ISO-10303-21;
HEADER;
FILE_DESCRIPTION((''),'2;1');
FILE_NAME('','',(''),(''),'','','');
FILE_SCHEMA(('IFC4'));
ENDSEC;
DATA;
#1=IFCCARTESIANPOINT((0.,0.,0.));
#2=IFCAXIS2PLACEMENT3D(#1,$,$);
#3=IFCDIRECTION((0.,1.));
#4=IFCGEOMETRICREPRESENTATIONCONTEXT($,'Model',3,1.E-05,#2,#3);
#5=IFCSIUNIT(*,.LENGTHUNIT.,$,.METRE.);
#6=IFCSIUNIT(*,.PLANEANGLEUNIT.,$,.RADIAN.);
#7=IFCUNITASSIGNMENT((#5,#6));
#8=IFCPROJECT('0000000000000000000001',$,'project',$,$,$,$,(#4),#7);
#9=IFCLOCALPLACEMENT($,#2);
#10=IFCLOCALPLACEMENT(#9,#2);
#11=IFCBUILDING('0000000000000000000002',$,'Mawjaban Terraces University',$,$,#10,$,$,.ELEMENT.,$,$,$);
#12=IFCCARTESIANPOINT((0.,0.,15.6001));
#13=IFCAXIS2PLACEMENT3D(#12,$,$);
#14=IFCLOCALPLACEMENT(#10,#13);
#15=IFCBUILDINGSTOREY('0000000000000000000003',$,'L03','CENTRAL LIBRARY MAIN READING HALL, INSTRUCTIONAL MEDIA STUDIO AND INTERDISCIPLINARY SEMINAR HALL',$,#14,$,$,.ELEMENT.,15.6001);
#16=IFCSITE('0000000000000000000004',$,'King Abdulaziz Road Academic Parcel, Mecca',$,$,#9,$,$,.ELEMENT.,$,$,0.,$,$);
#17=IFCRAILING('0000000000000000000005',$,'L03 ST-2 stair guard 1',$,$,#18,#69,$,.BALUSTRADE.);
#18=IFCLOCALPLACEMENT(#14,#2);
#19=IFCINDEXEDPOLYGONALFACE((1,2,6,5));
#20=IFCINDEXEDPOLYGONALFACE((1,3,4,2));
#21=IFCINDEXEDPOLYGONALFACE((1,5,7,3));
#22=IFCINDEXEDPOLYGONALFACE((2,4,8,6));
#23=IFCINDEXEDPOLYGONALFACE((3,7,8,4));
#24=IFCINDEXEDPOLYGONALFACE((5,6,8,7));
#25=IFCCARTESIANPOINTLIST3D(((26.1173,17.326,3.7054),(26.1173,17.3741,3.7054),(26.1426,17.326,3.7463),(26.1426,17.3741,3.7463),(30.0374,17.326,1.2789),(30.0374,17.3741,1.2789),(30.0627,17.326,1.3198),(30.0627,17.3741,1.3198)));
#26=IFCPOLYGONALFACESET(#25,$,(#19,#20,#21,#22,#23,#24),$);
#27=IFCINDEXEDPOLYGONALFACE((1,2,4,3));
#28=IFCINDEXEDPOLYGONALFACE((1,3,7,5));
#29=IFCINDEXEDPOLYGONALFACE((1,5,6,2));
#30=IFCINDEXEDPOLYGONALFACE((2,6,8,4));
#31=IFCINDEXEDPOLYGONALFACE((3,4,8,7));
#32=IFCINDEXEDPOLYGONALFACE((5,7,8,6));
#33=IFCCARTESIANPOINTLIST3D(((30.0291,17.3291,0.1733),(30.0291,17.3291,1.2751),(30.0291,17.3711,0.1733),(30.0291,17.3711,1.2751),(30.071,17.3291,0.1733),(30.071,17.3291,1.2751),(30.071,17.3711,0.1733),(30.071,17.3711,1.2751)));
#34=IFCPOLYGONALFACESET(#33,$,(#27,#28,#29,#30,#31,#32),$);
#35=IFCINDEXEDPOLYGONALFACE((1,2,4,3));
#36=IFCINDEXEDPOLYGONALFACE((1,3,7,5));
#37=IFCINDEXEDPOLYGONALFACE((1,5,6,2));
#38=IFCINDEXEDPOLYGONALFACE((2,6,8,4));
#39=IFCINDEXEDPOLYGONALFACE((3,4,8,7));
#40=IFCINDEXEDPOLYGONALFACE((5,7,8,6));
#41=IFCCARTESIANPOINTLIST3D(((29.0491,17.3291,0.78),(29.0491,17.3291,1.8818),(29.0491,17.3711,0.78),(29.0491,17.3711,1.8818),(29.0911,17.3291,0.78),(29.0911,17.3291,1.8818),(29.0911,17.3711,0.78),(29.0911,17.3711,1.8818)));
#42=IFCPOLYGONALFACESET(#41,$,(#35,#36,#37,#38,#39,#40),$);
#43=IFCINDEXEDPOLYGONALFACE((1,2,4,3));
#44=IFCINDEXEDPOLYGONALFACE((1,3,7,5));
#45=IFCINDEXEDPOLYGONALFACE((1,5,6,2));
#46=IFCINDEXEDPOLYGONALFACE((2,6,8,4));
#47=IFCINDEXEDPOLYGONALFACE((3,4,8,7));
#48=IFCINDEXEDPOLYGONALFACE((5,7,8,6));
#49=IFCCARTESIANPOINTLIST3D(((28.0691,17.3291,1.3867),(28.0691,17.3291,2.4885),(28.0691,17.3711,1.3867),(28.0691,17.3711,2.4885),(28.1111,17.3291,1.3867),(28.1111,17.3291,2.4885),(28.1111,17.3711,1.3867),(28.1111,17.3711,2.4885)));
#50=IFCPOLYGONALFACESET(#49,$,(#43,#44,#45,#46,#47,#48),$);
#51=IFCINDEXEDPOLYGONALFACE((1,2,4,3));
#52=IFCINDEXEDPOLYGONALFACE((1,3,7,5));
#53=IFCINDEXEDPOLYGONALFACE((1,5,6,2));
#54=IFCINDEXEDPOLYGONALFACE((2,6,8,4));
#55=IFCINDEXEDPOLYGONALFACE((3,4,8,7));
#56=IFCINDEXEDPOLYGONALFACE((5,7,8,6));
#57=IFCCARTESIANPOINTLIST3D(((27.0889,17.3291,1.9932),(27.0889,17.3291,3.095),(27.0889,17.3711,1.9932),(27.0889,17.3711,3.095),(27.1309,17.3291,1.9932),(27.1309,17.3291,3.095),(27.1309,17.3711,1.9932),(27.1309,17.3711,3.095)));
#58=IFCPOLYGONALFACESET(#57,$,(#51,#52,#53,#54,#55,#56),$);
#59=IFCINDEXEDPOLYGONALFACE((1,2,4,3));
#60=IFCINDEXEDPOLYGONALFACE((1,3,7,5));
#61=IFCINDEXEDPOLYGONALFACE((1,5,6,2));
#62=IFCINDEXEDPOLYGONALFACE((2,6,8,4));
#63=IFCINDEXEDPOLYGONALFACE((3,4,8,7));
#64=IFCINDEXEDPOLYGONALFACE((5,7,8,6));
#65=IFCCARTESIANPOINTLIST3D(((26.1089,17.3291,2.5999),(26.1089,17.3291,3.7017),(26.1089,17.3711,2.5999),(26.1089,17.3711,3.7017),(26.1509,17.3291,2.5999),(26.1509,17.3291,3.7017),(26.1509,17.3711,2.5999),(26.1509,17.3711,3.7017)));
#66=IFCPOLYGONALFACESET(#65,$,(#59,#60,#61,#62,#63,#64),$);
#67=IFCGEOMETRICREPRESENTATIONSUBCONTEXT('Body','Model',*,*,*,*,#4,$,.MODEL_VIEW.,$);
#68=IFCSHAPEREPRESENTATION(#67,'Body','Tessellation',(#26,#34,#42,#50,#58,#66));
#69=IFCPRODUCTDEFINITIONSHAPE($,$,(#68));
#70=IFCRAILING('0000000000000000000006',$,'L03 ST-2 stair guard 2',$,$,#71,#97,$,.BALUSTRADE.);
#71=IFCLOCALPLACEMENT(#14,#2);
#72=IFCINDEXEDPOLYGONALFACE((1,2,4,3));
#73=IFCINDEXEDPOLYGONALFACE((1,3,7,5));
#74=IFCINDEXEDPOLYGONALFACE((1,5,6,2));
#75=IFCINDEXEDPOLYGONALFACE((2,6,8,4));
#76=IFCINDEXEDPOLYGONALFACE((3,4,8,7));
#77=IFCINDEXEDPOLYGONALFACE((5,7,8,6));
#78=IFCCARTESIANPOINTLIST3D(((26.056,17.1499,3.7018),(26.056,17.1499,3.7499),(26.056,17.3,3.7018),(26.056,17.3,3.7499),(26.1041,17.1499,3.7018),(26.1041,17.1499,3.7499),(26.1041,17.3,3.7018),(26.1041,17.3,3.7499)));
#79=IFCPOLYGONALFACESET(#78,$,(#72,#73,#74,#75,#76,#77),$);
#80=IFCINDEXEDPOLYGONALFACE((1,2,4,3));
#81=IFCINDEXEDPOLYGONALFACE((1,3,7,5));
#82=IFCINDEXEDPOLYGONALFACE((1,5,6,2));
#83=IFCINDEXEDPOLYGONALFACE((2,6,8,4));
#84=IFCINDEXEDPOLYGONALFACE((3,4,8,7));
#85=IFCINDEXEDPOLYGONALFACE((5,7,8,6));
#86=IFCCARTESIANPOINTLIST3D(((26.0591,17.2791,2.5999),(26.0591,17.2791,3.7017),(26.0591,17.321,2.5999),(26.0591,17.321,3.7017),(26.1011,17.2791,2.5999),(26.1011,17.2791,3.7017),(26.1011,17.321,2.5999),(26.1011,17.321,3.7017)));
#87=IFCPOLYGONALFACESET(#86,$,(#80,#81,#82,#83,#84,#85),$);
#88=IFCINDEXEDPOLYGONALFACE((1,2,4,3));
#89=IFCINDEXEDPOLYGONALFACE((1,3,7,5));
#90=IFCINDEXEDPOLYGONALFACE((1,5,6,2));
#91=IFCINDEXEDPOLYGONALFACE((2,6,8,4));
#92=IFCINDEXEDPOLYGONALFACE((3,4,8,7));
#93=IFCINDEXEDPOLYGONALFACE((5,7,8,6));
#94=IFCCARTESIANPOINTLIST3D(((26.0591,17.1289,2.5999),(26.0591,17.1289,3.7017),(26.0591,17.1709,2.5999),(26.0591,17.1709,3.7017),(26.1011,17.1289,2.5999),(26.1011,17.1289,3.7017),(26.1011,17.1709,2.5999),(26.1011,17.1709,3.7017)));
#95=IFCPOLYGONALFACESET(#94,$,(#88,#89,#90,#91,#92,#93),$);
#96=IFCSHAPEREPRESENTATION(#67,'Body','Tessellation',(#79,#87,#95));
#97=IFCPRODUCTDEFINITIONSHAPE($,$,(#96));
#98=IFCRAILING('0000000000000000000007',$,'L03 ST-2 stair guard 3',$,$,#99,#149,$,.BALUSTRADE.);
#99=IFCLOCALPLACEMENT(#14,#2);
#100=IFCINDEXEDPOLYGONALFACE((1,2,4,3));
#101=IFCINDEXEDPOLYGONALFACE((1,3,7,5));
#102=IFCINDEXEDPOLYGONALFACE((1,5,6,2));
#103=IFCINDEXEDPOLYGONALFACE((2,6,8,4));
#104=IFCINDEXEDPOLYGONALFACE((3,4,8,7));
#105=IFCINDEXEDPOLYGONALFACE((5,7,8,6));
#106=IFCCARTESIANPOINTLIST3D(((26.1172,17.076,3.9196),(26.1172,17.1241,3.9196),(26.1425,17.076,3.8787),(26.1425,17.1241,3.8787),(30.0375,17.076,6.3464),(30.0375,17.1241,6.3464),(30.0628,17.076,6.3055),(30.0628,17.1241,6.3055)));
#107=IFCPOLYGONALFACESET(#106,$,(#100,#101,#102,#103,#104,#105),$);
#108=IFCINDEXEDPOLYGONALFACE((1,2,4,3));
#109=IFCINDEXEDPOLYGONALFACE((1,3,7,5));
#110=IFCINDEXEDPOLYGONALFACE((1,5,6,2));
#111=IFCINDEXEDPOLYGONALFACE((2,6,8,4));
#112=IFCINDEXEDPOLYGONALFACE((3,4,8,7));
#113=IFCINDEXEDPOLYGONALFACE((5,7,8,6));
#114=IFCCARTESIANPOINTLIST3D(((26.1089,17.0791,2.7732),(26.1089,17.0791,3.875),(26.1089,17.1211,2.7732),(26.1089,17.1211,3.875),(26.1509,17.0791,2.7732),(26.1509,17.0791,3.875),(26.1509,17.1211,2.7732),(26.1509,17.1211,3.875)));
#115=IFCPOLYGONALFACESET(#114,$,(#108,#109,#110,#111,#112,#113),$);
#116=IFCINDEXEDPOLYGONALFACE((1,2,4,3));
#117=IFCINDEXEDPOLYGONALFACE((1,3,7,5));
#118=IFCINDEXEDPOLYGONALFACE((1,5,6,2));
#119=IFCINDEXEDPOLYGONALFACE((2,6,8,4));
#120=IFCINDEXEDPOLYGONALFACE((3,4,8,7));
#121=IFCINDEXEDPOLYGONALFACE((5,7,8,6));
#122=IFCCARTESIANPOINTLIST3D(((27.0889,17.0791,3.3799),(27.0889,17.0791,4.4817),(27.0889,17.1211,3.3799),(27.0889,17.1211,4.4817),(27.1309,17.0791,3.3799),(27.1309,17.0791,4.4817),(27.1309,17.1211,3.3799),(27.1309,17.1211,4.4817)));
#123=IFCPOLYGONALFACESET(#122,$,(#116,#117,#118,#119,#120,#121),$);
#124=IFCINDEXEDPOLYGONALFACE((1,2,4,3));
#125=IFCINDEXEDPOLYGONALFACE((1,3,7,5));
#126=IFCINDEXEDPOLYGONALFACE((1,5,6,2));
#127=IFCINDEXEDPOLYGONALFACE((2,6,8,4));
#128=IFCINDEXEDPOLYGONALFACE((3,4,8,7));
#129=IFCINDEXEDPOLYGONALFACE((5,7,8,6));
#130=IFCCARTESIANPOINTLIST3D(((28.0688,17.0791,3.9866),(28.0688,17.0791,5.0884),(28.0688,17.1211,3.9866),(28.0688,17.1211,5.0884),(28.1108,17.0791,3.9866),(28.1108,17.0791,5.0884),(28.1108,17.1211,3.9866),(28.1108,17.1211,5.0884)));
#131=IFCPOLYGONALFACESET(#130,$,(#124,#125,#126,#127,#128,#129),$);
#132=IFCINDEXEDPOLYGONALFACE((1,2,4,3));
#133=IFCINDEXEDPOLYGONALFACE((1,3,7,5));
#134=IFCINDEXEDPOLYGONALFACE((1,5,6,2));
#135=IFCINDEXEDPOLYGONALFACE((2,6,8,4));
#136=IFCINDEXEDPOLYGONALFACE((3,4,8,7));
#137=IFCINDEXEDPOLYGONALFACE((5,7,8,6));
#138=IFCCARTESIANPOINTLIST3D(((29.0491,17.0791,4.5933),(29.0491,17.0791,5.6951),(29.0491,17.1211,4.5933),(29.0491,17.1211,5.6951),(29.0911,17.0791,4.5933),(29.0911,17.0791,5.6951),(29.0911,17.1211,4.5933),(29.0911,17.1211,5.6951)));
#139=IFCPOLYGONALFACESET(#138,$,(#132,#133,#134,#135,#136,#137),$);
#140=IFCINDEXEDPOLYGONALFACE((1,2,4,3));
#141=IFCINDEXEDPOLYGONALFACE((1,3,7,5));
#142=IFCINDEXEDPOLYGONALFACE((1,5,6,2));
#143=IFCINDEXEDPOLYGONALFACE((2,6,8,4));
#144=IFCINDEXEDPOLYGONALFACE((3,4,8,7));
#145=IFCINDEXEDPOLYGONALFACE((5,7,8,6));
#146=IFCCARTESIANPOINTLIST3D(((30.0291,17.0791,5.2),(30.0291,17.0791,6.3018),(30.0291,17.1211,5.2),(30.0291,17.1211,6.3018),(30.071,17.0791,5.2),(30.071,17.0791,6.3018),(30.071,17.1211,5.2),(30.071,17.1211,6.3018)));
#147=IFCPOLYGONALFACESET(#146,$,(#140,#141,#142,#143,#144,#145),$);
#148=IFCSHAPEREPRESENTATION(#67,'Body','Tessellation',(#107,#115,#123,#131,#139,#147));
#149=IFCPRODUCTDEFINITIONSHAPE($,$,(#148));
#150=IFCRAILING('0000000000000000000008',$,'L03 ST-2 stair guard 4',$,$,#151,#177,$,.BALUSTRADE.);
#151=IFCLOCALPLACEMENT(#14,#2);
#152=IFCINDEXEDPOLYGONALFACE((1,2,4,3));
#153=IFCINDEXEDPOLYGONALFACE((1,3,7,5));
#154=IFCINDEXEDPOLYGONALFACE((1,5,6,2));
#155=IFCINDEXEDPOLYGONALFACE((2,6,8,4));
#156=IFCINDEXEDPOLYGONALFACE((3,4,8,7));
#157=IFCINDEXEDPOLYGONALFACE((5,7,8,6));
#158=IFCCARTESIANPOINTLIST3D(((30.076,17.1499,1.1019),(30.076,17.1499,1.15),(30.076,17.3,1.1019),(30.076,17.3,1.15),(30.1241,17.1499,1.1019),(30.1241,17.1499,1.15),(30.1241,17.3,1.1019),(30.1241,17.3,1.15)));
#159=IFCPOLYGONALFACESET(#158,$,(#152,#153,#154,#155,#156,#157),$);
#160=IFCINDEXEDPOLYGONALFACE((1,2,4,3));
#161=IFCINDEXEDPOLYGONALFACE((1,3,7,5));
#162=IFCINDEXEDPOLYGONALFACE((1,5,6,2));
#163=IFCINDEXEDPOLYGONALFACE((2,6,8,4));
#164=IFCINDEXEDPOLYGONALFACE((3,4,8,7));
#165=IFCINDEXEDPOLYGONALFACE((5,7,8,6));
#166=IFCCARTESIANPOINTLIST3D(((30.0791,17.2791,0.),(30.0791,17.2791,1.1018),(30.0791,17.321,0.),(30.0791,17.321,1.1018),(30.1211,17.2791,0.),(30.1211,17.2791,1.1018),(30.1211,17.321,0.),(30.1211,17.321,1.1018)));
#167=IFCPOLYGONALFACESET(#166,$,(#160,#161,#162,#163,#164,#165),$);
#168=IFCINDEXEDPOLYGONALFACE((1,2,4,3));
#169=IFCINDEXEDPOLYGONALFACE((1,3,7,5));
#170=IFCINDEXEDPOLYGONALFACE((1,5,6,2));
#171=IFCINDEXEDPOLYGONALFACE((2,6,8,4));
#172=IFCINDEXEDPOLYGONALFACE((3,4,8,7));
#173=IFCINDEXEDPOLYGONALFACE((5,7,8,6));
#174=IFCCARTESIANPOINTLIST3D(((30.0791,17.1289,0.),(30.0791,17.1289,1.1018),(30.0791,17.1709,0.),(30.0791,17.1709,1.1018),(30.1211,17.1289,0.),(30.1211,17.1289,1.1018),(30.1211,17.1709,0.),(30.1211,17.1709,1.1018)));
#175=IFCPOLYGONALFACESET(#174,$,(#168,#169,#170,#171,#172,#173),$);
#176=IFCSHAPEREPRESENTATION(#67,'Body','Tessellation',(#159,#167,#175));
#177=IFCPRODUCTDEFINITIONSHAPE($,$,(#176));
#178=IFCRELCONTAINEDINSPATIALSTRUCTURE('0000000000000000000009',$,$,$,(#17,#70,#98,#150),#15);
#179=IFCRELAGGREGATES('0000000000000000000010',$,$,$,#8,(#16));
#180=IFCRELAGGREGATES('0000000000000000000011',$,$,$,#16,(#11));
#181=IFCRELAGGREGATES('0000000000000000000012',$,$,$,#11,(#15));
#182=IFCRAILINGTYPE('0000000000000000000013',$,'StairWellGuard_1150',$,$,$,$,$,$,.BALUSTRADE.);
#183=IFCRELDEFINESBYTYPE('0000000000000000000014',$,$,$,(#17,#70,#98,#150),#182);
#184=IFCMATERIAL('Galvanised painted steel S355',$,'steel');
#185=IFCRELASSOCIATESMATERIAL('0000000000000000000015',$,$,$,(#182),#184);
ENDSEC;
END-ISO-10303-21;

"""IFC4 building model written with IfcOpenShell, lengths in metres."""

from ifc_helpers import new_model, si_unit, direction, frame, origin, origin_2d, place, context, subcontext, project, spatial, rectangle, extrude, material, type_object, element, save


model = new_model("IFC4")

# Units and contexts
model_context = context("Model", 3, precision=1e-05, world=origin(), true_north=direction((0.0, 1.0)))
body_context = subcontext(model_context, "Body", "Model", "MODEL_VIEW")
ifc_project = project(units=[si_unit("LENGTHUNIT", "METRE"), si_unit("PLANEANGLEUNIT", "RADIAN")], contexts=[model_context])

# Site, building, storey
site_placement = place(None, origin())
site = spatial("IfcSite", under=ifc_project, at=site_placement, Name="King Abdulaziz Road Academic Parcel, Mecca", CompositionType="ELEMENT", RefElevation=0.0)
building_placement = place(site_placement, origin())
building = spatial("IfcBuilding", under=site, at=building_placement, Name="Mawjaban Terraces University", CompositionType="ELEMENT")
storey_placement = place(building_placement, frame((0.0, 0.0, 15.6001)))
storey = spatial("IfcBuildingStorey", under=building, at=storey_placement, Name="L03", Description="CENTRAL LIBRARY MAIN READING HALL, INSTRUCTIONAL MEDIA STUDIO AND INTERDISCIPLINARY SEMINAR HALL", CompositionType="ELEMENT", Elevation=15.6001)

# Railings
ifc_material_1 = material(Name="Galvanised painted steel S355", Category="steel")
railing_type_1 = type_object("IfcRailingType", Name="StairWellGuard_1150", PredefinedType="BALUSTRADE", material=ifc_material_1)
railing_1_placement = place(storey_placement, frame((30.05, 17.3501, 0.1733)))
element("IfcRailing", 1, at=railing_1_placement, inside=storey, type_object=railing_type_1, Name="L03 ST-2 stair guard 1", PredefinedType="BALUSTRADE", context=body_context, shape_type="SweptSolid", body=[
    extrude(rectangle(XDim=0.0481, YDim=0.0481, at=origin_2d()), frame((0.0, 0.0, 1.126), z_axis=(-0.85029, 0.0, 0.526315), x_axis=(0.0, -1.0, 0.0)), (0.0, 0.0, 1.0), 4.6104),
    extrude(rectangle(XDim=0.042, YDim=0.042, at=origin_2d()), origin(), (0.0, 0.0, 1.0), 1.1018),
    extrude(rectangle(XDim=0.042, YDim=0.042, at=origin_2d()), frame((-0.98, 0.0, 0.6067)), (0.0, 0.0, 1.0), 1.1018),
    extrude(rectangle(XDim=0.042, YDim=0.042, at=origin_2d()), frame((-1.96, 0.0, 1.2134)), (0.0, 0.0, 1.0), 1.1018),
    extrude(rectangle(XDim=0.042, YDim=0.042, at=origin_2d()), frame((-2.9402, 0.0, 1.8198)), (0.0, 0.0, 1.0), 1.1018),
    extrude(rectangle(XDim=0.042, YDim=0.042, at=origin_2d()), frame((-3.9202, 0.0, 2.4265)), (0.0, 0.0, 1.0), 1.1018),
])
railing_2_placement = place(storey_placement, frame((26.0801, 17.3, 2.5999)))
element("IfcRailing", 2, at=railing_2_placement, inside=storey, type_object=railing_type_1, Name="L03 ST-2 stair guard 2", PredefinedType="BALUSTRADE", context=body_context, shape_type="SweptSolid", body=[
    extrude(rectangle(XDim=0.0481, YDim=0.0481, at=origin_2d()), frame((0.0, 0.0, 1.126), z_axis=(0.0, -1.0, 0.0), x_axis=(1.0, 0.0, 0.0)), (0.0, 0.0, 1.0), 0.1501),
    extrude(rectangle(XDim=0.042, YDim=0.042, at=origin_2d()), origin(), (0.0, 0.0, 1.0), 1.1018),
    extrude(rectangle(XDim=0.042, YDim=0.042, at=origin_2d()), frame((0.0, -0.1501, 0.0)), (0.0, 0.0, 1.0), 1.1018),
])
railing_3_placement = place(storey_placement, frame((26.1299, 17.1001, 2.7732)))
element("IfcRailing", 3, at=railing_3_placement, inside=storey, type_object=railing_type_1, Name="L03 ST-2 stair guard 3", PredefinedType="BALUSTRADE", context=body_context, shape_type="SweptSolid", body=[
    extrude(rectangle(XDim=0.0481, YDim=0.0481, at=origin_2d()), frame((0.0, 0.0, 1.126), z_axis=(0.850266, 0.0, 0.526353), x_axis=(0.0, 1.0, 0.0)), (0.0, 0.0, 1.0), 4.6106),
    extrude(rectangle(XDim=0.042, YDim=0.042, at=origin_2d()), origin(), (0.0, 0.0, 1.0), 1.1018),
    extrude(rectangle(XDim=0.042, YDim=0.042, at=origin_2d()), frame((0.98, 0.0, 0.6067)), (0.0, 0.0, 1.0), 1.1018),
    extrude(rectangle(XDim=0.042, YDim=0.042, at=origin_2d()), frame((1.96, 0.0, 1.2134)), (0.0, 0.0, 1.0), 1.1018),
    extrude(rectangle(XDim=0.042, YDim=0.042, at=origin_2d()), frame((2.9402, 0.0, 1.8201)), (0.0, 0.0, 1.0), 1.1018),
    extrude(rectangle(XDim=0.042, YDim=0.042, at=origin_2d()), frame((3.9202, 0.0, 2.4268)), (0.0, 0.0, 1.0), 1.1018),
])
railing_4_placement = place(storey_placement, frame((30.1001, 17.3, 0.0)))
element("IfcRailing", 4, at=railing_4_placement, inside=storey, type_object=railing_type_1, Name="L03 ST-2 stair guard 4", PredefinedType="BALUSTRADE", context=body_context, shape_type="SweptSolid", body=[
    extrude(rectangle(XDim=0.0481, YDim=0.0481, at=origin_2d()), frame((0.0, 0.0, 1.126), z_axis=(0.0, -1.0, 0.0), x_axis=(1.0, 0.0, 0.0)), (0.0, 0.0, 1.0), 0.1501),
    extrude(rectangle(XDim=0.042, YDim=0.042, at=origin_2d()), origin(), (0.0, 0.0, 1.0), 1.1018),
    extrude(rectangle(XDim=0.042, YDim=0.042, at=origin_2d()), frame((0.0, -0.1501, 0.0)), (0.0, 0.0, 1.0), 1.1018),
])

save(model, "model.ifc")
